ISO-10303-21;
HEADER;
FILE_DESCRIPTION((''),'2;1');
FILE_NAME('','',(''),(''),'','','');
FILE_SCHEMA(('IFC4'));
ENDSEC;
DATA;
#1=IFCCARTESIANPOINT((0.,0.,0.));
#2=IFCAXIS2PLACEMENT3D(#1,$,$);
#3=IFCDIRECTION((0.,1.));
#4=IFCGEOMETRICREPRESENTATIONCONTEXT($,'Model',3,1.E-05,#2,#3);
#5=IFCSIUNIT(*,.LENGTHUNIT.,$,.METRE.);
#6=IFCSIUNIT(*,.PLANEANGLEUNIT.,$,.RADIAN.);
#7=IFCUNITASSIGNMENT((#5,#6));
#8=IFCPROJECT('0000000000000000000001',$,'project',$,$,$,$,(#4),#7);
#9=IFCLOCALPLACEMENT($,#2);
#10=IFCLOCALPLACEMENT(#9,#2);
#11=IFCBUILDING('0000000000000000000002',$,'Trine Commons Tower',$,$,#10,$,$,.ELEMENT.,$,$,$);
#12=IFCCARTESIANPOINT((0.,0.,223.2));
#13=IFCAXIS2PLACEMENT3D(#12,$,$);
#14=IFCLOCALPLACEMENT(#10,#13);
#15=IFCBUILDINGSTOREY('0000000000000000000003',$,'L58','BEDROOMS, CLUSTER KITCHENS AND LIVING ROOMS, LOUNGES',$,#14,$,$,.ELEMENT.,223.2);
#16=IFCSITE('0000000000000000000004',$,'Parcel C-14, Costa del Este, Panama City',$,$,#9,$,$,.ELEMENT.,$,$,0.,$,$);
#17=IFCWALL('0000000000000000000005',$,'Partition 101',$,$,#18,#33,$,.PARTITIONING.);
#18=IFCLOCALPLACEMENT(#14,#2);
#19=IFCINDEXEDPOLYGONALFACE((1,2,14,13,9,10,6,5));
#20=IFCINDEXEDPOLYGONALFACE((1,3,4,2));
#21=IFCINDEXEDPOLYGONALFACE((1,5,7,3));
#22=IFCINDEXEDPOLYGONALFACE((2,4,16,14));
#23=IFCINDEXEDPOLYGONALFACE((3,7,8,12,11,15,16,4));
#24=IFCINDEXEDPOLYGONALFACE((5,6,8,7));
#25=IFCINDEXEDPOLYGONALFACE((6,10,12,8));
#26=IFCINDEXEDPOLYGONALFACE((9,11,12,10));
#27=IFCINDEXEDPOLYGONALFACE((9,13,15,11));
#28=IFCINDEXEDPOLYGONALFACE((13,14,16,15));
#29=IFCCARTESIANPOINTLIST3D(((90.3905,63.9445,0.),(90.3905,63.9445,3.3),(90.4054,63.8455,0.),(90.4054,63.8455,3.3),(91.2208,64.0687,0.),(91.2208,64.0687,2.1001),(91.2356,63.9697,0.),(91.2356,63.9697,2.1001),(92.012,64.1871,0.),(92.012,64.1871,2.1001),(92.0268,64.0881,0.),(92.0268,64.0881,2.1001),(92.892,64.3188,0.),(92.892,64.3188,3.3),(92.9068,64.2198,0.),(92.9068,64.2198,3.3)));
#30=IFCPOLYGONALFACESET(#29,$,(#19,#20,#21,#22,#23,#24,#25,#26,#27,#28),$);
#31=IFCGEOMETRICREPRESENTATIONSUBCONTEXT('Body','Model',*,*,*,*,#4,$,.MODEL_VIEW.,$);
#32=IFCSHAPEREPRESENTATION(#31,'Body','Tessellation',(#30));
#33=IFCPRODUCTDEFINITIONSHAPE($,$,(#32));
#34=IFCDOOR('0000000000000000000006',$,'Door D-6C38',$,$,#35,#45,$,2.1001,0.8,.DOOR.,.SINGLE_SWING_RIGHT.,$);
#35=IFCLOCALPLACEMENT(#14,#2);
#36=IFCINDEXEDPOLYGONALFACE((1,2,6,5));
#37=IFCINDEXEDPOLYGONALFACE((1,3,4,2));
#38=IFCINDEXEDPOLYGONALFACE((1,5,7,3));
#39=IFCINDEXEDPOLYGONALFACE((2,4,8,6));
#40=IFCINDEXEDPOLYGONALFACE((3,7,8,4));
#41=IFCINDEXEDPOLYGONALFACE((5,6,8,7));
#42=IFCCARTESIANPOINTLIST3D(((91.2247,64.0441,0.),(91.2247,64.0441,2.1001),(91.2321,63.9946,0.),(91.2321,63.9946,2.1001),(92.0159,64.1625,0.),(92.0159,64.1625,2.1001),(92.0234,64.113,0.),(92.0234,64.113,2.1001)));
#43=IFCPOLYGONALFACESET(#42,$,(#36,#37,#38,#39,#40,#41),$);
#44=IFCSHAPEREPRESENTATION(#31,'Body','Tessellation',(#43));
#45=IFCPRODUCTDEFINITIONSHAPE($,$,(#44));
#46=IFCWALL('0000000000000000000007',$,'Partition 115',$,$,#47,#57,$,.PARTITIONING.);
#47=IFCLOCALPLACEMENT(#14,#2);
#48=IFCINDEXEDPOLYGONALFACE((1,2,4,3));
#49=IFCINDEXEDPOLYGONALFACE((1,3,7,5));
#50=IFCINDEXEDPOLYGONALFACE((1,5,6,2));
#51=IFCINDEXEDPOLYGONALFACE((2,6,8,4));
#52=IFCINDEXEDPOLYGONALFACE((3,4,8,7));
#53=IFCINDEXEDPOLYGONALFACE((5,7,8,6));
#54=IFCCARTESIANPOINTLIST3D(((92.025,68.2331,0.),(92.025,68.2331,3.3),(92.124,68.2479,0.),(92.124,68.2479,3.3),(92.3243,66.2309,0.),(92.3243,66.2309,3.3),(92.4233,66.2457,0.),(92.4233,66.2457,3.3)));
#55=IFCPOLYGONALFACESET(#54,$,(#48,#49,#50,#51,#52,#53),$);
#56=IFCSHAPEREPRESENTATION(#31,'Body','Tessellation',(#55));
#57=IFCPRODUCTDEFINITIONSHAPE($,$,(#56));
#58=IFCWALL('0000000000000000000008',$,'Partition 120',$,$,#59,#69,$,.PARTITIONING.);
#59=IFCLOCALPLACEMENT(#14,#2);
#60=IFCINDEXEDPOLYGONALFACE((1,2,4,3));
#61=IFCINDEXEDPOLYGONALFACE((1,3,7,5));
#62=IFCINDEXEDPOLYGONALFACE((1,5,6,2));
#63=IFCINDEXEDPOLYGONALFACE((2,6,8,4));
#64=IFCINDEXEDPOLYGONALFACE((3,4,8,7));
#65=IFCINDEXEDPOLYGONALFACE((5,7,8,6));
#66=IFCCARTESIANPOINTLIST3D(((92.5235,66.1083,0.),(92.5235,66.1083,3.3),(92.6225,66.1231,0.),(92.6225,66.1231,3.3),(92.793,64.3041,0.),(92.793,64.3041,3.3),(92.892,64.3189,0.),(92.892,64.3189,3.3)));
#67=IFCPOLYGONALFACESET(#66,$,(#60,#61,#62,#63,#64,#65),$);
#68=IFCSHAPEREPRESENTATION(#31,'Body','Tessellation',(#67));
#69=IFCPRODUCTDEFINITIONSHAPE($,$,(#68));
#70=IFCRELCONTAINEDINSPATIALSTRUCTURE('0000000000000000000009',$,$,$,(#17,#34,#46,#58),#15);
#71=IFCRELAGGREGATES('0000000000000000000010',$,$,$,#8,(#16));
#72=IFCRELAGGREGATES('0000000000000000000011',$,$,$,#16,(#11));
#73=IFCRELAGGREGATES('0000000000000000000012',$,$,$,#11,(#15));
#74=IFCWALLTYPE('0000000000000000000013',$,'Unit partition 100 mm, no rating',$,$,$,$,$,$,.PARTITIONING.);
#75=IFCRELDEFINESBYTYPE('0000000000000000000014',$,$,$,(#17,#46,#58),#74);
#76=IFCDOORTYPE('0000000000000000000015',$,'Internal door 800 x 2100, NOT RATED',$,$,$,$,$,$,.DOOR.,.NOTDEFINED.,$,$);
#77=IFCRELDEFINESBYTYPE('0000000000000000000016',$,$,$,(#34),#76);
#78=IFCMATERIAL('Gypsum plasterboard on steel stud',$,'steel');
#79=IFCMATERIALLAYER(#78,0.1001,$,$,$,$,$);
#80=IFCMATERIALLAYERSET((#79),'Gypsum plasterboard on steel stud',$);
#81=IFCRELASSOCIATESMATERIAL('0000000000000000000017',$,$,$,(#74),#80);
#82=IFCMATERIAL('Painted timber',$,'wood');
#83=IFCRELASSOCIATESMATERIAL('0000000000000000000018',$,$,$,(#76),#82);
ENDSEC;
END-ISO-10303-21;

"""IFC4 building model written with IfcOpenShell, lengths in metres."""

from ifc_helpers import new_model, si_unit, direction, frame, frame_2d, origin, place, context, subcontext, project, spatial, rectangle, extrude, material, layer, layer_set, type_object, element, fill, save


model = new_model("IFC4")

# Units and contexts
model_context = context("Model", 3, precision=1e-05, world=origin(), true_north=direction((0.0, 1.0)))
body_context = subcontext(model_context, "Body", "Model", "MODEL_VIEW")
ifc_project = project(units=[si_unit("LENGTHUNIT", "METRE"), si_unit("PLANEANGLEUNIT", "RADIAN")], contexts=[model_context])

# Site, building, storey
site_placement = place(None, origin())
site = spatial("IfcSite", under=ifc_project, at=site_placement, Name="Parcel C-14, Costa del Este, Panama City", CompositionType="ELEMENT", RefElevation=0.0)
building_placement = place(site_placement, origin())
building = spatial("IfcBuilding", under=site, at=building_placement, Name="Trine Commons Tower", CompositionType="ELEMENT")
storey_placement = place(building_placement, frame((0.0, 0.0, 223.2)))
storey = spatial("IfcBuildingStorey", under=building, at=storey_placement, Name="L58", Description="BEDROOMS, CLUSTER KITCHENS AND LIVING ROOMS, LOUNGES", CompositionType="ELEMENT", Elevation=223.2)

# Shared definitions
ifc_material_1 = material(Name="Gypsum plasterboard on steel stud", Category="steel")

# Wall, opening, door
ifc_layer_1 = layer(ifc_material_1, 0.1001)
ifc_layer_set_1 = layer_set([ifc_layer_1], Name="Gypsum plasterboard on steel stud")
wall_type_1 = type_object("IfcWallType", Name="Unit partition 100 mm, no rating", PredefinedType="PARTITIONING", material=ifc_layer_set_1)
ifc_material_2 = material(Name="Painted timber", Category="wood")
door_type_1 = type_object("IfcDoorType", Name="Internal door 800 x 2100, NOT RATED", OperationType="NOTDEFINED", PredefinedType="DOOR", material=ifc_material_2)
wall_1_placement = place(storey_placement, frame((90.3979, 63.895, 0.0), z_axis=(0.0, 0.0, 1.0), x_axis=(0.988992, 0.147972, 0.0)))
wall_1 = element("IfcWall", 1, at=wall_1_placement, inside=storey, type_object=wall_type_1, Name="Partition 101", PredefinedType="PARTITIONING", context=body_context, shape_type="SweptSolid", body=[
    extrude(rectangle(XDim=2.5293, YDim=0.1001, at=frame_2d((1.2646, 0.0))), origin(), (0.0, 0.0, 1.0), 3.3),
])
opening_1_placement = place(wall_1_placement, frame((0.8396, 0.0, 0.0)))
opening_1 = element("IfcOpeningElement", 2, at=opening_1_placement, cuts=wall_1, PredefinedType="OPENING", context=body_context, shape_type="SweptSolid", body=[
    extrude(rectangle(XDim=0.8, YDim=2.1001, at=frame_2d((0.3999, 1.05))), frame((0.0, 0.0601, 0.0), z_axis=(0.0, -1.0, 0.0), x_axis=(1.0, 0.0, 0.0)), (0.0, 0.0, 1.0), 0.1201),
])
door_1_placement = place(opening_1_placement, frame((0.8, 0.0, 0.0), z_axis=(0.0, 0.0, 1.0), x_axis=(-1.0, 0.0, 0.0)))
door_1 = element("IfcDoor", 3, at=door_1_placement, inside=storey, type_object=door_type_1, Name="Door D-6C38", OperationType="SINGLE_SWING_RIGHT", OverallHeight=2.1001, OverallWidth=0.8, PredefinedType="DOOR", context=body_context, shape_type="SweptSolid", body=[
    extrude(rectangle(XDim=0.8, YDim=2.1001, at=frame_2d((0.3999, 1.05))), frame((0.0, 0.0249, 0.0), z_axis=(0.0, -1.0, 0.0), x_axis=(1.0, 0.0, 0.0)), (0.0, 0.0, 1.0), 0.05),
])
fill(opening_1, door_1)

# Walls
wall_2_placement = place(storey_placement, frame((92.0745, 68.2405, 0.0), z_axis=(0.0, 0.0, 1.0), x_axis=(0.147851, -0.98901, 0.0)))
element("IfcWall", 4, at=wall_2_placement, inside=storey, type_object=wall_type_1, Name="Partition 115", PredefinedType="PARTITIONING", context=body_context, shape_type="SweptSolid", body=[
    extrude(rectangle(XDim=2.0244, YDim=0.1001, at=frame_2d((1.0122, 0.0))), origin(), (0.0, 0.0, 1.0), 3.3),
])
wall_3_placement = place(storey_placement, frame((92.573, 66.1157, 0.0), z_axis=(0.0, 0.0, 1.0), x_axis=(0.147751, -0.989025, 0.0)))
element("IfcWall", 5, at=wall_3_placement, inside=storey, type_object=wall_type_1, Name="Partition 120", PredefinedType="PARTITIONING", context=body_context, shape_type="SweptSolid", body=[
    extrude(rectangle(XDim=1.8242, YDim=0.1001, at=frame_2d((0.9121, 0.0))), origin(), (0.0, 0.0, 1.0), 3.3),
])

save(model, "model.ifc")
